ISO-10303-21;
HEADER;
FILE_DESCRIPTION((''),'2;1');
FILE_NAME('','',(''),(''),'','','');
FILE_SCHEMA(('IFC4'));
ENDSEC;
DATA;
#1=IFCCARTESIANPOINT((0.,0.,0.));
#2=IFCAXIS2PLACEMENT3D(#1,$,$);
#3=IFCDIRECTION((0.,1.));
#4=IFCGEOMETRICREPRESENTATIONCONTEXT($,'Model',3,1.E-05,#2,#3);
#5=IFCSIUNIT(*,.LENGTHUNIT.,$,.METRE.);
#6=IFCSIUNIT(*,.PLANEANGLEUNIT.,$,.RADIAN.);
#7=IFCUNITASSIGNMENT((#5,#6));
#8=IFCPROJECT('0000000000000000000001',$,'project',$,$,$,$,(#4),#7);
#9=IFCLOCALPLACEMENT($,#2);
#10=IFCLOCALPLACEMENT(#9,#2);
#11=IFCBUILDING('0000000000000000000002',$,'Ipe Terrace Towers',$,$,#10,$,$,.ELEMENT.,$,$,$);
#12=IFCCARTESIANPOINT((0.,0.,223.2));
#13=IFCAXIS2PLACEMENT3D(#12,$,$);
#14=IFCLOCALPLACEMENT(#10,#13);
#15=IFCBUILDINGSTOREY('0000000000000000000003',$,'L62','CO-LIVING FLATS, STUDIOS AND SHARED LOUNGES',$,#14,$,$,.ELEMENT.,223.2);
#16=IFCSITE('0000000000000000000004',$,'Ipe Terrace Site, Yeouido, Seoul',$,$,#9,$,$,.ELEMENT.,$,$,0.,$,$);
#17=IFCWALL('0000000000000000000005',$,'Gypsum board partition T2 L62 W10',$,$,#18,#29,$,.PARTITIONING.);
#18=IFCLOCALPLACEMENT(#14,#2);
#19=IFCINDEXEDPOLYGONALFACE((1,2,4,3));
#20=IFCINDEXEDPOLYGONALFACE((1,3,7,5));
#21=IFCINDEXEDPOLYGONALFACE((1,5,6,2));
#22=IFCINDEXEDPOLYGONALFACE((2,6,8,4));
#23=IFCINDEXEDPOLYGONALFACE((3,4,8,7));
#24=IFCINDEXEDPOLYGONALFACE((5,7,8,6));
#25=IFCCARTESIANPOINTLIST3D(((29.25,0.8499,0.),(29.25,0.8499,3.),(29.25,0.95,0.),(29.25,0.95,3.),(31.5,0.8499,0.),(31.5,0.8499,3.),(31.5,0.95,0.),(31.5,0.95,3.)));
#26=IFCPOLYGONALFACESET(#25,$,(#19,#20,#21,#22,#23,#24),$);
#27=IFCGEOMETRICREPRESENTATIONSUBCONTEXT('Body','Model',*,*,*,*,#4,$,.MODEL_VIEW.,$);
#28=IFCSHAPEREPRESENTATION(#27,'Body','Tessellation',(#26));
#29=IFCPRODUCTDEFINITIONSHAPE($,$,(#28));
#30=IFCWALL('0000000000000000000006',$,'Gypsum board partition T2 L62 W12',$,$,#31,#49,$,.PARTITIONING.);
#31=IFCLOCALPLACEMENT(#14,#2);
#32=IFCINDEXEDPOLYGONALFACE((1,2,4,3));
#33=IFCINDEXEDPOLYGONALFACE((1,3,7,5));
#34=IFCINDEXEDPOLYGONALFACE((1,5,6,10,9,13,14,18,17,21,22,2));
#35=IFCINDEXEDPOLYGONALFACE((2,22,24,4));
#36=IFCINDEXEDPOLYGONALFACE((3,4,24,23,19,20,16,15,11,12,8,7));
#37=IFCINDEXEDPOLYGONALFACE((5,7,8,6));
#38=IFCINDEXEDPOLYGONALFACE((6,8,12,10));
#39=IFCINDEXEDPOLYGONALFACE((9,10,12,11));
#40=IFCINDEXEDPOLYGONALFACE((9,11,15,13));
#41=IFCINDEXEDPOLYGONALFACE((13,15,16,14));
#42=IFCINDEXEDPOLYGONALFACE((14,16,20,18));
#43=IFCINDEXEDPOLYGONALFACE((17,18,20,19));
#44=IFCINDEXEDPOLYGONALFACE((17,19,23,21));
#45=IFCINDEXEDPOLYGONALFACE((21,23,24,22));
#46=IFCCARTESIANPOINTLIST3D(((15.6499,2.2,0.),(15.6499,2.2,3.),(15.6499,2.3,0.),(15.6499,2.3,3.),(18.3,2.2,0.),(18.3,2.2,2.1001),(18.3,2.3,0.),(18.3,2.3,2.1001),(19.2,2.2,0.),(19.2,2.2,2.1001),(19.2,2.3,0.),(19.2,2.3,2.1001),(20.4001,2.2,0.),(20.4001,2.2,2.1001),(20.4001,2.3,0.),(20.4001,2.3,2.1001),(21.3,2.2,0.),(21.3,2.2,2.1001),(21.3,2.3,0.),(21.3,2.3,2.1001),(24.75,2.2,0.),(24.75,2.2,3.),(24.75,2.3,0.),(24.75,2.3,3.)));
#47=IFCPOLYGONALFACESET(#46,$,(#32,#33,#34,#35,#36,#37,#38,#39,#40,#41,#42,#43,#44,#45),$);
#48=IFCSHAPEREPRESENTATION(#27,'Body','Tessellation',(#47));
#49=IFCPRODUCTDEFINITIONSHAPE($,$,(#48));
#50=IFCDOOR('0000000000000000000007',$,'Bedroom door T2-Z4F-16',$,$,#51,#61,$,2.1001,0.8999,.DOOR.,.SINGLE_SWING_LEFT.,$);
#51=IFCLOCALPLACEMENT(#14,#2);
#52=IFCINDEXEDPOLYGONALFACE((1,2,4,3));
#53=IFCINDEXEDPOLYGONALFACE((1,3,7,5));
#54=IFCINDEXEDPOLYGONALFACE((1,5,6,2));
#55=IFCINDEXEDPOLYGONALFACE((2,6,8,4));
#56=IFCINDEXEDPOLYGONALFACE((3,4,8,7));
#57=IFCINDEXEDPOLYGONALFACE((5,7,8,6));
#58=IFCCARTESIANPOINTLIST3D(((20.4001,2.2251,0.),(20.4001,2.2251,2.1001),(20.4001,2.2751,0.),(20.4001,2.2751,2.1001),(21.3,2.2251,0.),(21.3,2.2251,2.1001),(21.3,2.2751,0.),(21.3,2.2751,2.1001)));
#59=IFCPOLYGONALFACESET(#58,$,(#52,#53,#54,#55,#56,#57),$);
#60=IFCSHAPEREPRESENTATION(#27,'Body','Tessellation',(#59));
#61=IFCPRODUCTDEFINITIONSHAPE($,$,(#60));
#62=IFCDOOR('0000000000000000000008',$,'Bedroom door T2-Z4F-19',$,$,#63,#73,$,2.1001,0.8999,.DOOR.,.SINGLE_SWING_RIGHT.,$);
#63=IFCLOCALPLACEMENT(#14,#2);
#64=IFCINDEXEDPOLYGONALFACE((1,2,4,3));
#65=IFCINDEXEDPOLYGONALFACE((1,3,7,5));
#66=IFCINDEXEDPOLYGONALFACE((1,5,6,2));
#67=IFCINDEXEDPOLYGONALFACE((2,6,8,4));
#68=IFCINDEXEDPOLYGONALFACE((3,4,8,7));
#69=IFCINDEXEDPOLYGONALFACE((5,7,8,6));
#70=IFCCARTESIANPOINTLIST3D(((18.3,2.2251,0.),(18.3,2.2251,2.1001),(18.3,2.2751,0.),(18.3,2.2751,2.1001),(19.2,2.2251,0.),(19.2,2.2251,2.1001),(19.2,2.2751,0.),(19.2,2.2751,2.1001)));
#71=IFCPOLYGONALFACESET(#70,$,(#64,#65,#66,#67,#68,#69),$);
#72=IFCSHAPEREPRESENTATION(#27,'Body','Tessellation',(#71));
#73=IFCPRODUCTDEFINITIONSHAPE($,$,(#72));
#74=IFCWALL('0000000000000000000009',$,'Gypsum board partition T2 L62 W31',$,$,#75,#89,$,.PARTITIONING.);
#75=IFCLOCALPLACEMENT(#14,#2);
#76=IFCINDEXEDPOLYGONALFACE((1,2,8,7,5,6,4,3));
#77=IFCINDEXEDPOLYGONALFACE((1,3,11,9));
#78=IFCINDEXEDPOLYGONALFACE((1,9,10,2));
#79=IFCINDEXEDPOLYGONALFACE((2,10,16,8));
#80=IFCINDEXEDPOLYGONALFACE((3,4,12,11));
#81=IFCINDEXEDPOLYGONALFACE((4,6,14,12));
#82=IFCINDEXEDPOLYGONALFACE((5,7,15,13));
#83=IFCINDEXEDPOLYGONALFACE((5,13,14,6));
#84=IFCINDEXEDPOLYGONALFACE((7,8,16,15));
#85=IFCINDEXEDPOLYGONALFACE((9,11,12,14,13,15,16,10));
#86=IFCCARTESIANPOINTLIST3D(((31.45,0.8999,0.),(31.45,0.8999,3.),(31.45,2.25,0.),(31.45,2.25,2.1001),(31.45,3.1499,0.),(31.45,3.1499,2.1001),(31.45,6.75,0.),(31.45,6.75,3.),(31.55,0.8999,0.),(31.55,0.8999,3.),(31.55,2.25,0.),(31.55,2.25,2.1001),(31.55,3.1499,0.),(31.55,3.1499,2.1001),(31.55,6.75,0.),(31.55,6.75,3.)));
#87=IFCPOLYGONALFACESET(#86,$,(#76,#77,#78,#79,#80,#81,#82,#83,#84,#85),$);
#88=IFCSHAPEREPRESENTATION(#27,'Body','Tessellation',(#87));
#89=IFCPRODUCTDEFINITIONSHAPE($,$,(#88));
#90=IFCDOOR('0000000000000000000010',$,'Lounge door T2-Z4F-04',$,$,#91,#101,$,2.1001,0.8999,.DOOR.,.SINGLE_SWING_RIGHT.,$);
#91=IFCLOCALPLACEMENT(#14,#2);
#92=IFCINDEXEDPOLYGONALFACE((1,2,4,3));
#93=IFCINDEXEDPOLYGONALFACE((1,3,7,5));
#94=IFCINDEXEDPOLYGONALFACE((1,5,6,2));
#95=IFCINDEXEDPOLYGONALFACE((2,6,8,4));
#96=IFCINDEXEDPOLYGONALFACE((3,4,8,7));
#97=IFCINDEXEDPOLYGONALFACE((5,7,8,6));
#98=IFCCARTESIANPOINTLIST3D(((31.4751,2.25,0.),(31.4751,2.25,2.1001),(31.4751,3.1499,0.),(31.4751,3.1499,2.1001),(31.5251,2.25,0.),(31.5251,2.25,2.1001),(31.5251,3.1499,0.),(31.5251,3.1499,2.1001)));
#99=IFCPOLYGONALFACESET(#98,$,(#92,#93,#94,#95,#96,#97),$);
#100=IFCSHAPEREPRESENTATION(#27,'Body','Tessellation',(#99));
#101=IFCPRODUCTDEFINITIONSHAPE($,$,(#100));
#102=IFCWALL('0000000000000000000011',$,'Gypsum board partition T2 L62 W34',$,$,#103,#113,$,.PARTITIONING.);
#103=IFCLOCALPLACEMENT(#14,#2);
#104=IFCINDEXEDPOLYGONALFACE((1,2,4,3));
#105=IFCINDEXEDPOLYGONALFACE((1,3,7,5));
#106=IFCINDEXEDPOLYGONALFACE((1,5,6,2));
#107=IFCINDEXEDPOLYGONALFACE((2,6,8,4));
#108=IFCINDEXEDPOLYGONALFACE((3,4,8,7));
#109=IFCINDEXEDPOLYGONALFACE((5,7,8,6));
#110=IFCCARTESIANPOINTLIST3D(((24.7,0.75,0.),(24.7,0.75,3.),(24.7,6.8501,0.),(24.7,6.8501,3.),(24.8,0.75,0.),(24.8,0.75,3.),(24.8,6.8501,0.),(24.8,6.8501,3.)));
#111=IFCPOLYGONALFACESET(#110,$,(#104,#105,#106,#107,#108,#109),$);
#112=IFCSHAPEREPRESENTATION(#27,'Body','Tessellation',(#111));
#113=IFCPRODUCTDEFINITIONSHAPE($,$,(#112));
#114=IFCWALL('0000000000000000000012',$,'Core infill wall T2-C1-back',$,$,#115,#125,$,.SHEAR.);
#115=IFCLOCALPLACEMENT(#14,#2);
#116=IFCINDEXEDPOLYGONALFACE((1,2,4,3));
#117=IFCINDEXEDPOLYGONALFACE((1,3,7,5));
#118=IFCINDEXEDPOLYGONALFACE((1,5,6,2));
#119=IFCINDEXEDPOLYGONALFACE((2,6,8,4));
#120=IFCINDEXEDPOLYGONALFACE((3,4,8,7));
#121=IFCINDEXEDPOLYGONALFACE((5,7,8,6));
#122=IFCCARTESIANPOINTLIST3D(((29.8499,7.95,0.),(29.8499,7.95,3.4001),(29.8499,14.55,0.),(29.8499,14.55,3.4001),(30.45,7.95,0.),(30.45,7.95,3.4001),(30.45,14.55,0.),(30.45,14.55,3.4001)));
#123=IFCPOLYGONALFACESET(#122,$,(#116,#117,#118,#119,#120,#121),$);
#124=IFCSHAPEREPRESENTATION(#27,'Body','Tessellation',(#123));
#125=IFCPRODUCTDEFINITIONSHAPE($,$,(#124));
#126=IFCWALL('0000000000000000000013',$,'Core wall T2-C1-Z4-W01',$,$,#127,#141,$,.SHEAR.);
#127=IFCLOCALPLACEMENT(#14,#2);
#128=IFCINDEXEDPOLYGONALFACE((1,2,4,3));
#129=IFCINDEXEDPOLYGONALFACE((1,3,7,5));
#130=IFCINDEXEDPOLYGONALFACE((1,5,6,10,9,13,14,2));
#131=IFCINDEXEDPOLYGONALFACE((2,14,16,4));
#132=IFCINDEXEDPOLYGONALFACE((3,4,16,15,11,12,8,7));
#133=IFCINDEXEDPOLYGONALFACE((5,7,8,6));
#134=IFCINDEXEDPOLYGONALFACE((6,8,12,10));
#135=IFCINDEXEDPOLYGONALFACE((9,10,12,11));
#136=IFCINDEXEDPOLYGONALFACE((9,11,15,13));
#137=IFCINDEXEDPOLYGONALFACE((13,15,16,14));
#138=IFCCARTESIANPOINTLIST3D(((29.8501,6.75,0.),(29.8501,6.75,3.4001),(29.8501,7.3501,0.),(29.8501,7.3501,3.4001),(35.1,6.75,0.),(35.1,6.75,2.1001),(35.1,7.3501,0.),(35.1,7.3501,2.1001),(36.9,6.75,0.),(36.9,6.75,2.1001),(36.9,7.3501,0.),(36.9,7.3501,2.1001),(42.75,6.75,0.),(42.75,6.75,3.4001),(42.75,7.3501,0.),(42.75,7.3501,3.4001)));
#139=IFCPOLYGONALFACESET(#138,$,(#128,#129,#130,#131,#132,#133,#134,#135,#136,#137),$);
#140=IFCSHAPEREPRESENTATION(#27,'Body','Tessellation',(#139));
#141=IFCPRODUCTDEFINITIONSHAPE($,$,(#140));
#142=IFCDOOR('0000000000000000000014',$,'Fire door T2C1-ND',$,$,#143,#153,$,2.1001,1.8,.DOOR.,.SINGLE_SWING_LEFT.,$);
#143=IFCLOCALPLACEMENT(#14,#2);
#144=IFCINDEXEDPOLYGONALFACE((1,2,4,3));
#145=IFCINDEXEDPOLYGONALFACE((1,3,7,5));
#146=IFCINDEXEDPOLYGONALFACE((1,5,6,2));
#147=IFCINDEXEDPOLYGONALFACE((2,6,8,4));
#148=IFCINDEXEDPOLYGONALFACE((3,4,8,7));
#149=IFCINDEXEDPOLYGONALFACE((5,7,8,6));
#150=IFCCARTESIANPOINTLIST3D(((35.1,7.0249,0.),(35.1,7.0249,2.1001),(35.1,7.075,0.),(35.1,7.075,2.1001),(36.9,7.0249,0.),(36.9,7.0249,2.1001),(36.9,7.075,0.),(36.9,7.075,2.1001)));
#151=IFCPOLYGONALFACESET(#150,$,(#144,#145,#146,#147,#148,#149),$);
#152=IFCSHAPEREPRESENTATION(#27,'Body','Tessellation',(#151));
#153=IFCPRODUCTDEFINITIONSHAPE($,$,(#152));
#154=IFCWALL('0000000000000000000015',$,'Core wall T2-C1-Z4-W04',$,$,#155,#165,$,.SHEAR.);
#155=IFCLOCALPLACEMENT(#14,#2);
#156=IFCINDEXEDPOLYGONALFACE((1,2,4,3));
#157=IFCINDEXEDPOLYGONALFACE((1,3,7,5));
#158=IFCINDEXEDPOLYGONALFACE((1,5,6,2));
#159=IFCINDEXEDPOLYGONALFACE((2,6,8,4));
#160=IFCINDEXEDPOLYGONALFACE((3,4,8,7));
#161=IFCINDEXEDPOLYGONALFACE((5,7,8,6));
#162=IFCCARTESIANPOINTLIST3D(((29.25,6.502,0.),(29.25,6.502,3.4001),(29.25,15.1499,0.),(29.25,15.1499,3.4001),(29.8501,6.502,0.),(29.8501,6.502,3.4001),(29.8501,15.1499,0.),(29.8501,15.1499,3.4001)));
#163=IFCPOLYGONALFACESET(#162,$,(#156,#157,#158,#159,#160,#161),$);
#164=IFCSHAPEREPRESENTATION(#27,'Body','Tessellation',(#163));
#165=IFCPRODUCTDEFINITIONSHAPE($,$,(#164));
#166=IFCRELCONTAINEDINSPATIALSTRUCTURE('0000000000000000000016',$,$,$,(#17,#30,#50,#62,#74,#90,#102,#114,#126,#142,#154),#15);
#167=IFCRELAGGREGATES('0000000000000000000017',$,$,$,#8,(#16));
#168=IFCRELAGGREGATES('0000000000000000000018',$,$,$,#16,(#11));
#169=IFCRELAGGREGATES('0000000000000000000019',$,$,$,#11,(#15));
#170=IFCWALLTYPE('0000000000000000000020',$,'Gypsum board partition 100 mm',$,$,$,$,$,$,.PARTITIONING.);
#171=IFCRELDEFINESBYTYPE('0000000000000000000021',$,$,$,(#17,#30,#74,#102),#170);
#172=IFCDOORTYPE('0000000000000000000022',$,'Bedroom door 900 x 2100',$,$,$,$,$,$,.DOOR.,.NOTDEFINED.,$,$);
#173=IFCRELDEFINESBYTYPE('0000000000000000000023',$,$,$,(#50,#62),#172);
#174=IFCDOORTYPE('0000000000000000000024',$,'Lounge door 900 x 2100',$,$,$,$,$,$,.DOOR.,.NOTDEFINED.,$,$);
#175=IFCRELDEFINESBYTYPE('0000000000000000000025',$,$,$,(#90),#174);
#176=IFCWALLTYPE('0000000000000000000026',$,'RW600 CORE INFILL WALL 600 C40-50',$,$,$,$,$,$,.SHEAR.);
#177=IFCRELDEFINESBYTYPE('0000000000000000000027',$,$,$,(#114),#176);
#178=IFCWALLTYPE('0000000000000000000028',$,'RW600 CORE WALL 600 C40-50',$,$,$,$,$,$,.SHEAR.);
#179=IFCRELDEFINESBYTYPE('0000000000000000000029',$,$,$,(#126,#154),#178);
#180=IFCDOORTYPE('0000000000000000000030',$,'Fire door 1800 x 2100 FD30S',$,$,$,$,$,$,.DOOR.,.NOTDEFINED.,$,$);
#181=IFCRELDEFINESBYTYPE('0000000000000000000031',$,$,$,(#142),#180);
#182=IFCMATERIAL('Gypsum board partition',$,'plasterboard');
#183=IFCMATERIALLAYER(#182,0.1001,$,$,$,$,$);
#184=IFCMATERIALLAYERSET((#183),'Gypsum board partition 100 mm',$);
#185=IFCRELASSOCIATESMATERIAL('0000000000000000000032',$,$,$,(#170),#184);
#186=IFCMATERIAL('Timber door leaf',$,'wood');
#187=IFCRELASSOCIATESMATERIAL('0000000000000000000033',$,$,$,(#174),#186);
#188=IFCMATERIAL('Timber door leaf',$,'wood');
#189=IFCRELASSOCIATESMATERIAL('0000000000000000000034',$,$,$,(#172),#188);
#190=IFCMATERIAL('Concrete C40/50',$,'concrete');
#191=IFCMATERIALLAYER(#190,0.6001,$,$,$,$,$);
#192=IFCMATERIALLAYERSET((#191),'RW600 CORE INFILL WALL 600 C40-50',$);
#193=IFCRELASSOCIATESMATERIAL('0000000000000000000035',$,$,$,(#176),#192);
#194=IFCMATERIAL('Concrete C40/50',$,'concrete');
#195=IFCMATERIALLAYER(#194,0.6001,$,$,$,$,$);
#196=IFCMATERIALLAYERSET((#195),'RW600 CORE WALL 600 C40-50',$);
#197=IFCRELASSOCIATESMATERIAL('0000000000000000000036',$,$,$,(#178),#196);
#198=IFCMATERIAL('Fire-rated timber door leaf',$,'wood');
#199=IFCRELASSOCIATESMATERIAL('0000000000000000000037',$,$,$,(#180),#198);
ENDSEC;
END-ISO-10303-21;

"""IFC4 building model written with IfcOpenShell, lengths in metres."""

from ifc_helpers import new_model, si_unit, direction, frame, frame_2d, origin, place, context, subcontext, project, spatial, rectangle, extrude, material, layer, layer_set, type_object, element, fill, save


model = new_model("IFC4")

# Units and contexts
model_context = context("Model", 3, precision=1e-05, world=origin(), true_north=direction((0.0, 1.0)))
body_context = subcontext(model_context, "Body", "Model", "MODEL_VIEW")
ifc_project = project(units=[si_unit("LENGTHUNIT", "METRE"), si_unit("PLANEANGLEUNIT", "RADIAN")], contexts=[model_context])

# Site, building, storey
site_placement = place(None, origin())
site = spatial("IfcSite", under=ifc_project, at=site_placement, Name="Ipe Terrace Site, Yeouido, Seoul", CompositionType="ELEMENT", RefElevation=0.0)
building_placement = place(site_placement, origin())
building = spatial("IfcBuilding", under=site, at=building_placement, Name="Ipe Terrace Towers", CompositionType="ELEMENT")
storey_placement = place(building_placement, frame((0.0, 0.0, 223.2)))
storey = spatial("IfcBuildingStorey", under=building, at=storey_placement, Name="L62", Description="CO-LIVING FLATS, STUDIOS AND SHARED LOUNGES", CompositionType="ELEMENT", Elevation=223.2)

# Shared definitions
ifc_material_1 = material(Name="Gypsum board partition", Category="plasterboard")
ifc_layer_1 = layer(ifc_material_1, 0.1001)
ifc_layer_set_1 = layer_set([ifc_layer_1], Name="Gypsum board partition 100 mm")
wall_type_1 = type_object("IfcWallType", Name="Gypsum board partition 100 mm", PredefinedType="PARTITIONING", material=ifc_layer_set_1)

# Shared definitions
ifc_material_2 = material(Name="Timber door leaf", Category="wood")
door_type_1 = type_object("IfcDoorType", Name="Lounge door 900 x 2100", OperationType="NOTDEFINED", PredefinedType="DOOR", material=ifc_material_2)

# Wall
wall_1_placement = place(storey_placement, frame((31.5, 0.8999, 0.0), z_axis=(0.0, 0.0, 1.0), x_axis=(-1.0, 0.0, 0.0)))
element("IfcWall", 1, at=wall_1_placement, inside=storey, type_object=wall_type_1, Name="Gypsum board partition T2 L62 W10", PredefinedType="PARTITIONING", context=body_context, shape_type="SweptSolid", body=[
    extrude(rectangle(XDim=2.25, YDim=0.1001, at=frame_2d((1.125, 0.0))), origin(), (0.0, 0.0, 1.0), 3.0),
])

# Wall, openings, doors
wall_2_placement = place(storey_placement, frame((24.75, 2.25, 0.0), z_axis=(0.0, 0.0, 1.0), x_axis=(-1.0, 0.0, 0.0)))
wall_2 = element("IfcWall", 2, at=wall_2_placement, inside=storey, type_object=wall_type_1, Name="Gypsum board partition T2 L62 W12", PredefinedType="PARTITIONING", context=body_context, shape_type="SweptSolid", body=[
    extrude(rectangle(XDim=9.1001, YDim=0.1001, at=frame_2d((4.55, 0.0))), origin(), (0.0, 0.0, 1.0), 3.0),
])
opening_1_placement = place(wall_2_placement, frame((3.45, 0.0, 0.0)))
opening_1 = element("IfcOpeningElement", 3, at=opening_1_placement, cuts=wall_2, PredefinedType="OPENING", context=body_context, shape_type="SweptSolid", body=[
    extrude(rectangle(XDim=0.8999, YDim=2.1001, at=frame_2d((0.45, 1.05))), frame((0.0, 0.0601, 0.0), z_axis=(0.0, -1.0, 0.0), x_axis=(1.0, 0.0, 0.0)), (0.0, 0.0, 1.0), 0.1201),
])
opening_2_placement = place(wall_2_placement, frame((5.55, 0.0, 0.0)))
opening_2 = element("IfcOpeningElement", 4, at=opening_2_placement, cuts=wall_2, PredefinedType="OPENING", context=body_context, shape_type="SweptSolid", body=[
    extrude(rectangle(XDim=0.8999, YDim=2.1001, at=frame_2d((0.45, 1.05))), frame((0.0, 0.0601, 0.0), z_axis=(0.0, -1.0, 0.0), x_axis=(1.0, 0.0, 0.0)), (0.0, 0.0, 1.0), 0.1201),
])
ifc_material_3 = material(Name="Timber door leaf", Category="wood")
door_type_2 = type_object("IfcDoorType", Name="Bedroom door 900 x 2100", OperationType="NOTDEFINED", PredefinedType="DOOR", material=ifc_material_3)
door_1_placement = place(opening_1_placement, origin())
door_1 = element("IfcDoor", 5, at=door_1_placement, inside=storey, type_object=door_type_2, Name="Bedroom door T2-Z4F-16", OperationType="SINGLE_SWING_LEFT", OverallHeight=2.1001, OverallWidth=0.8999, PredefinedType="DOOR", context=body_context, shape_type="SweptSolid", body=[
    extrude(rectangle(XDim=0.8999, YDim=2.1001, at=frame_2d((0.45, 1.05))), frame((0.0, 0.0249, 0.0), z_axis=(0.0, -1.0, 0.0), x_axis=(1.0, 0.0, 0.0)), (0.0, 0.0, 1.0), 0.05),
])
fill(opening_1, door_1)
door_2_placement = place(opening_2_placement, origin())
door_2 = element("IfcDoor", 6, at=door_2_placement, inside=storey, type_object=door_type_2, Name="Bedroom door T2-Z4F-19", OperationType="SINGLE_SWING_RIGHT", OverallHeight=2.1001, OverallWidth=0.8999, PredefinedType="DOOR", context=body_context, shape_type="SweptSolid", body=[
    extrude(rectangle(XDim=0.8999, YDim=2.1001, at=frame_2d((0.45, 1.05))), frame((0.0, 0.0249, 0.0), z_axis=(0.0, -1.0, 0.0), x_axis=(1.0, 0.0, 0.0)), (0.0, 0.0, 1.0), 0.05),
])
fill(opening_2, door_2)

# Wall, opening, door
wall_3_placement = place(storey_placement, frame((31.5, 0.8999, 0.0), z_axis=(0.0, 0.0, 1.0), x_axis=(0.0, 1.0, 0.0)))
wall_3 = element("IfcWall", 7, at=wall_3_placement, inside=storey, type_object=wall_type_1, Name="Gypsum board partition T2 L62 W31", PredefinedType="PARTITIONING", context=body_context, shape_type="SweptSolid", body=[
    extrude(rectangle(XDim=5.8501, YDim=0.1001, at=frame_2d((2.925, 0.0))), origin(), (0.0, 0.0, 1.0), 3.0),
])
opening_3_placement = place(wall_3_placement, frame((1.3501, 0.0, 0.0)))
opening_3 = element("IfcOpeningElement", 8, at=opening_3_placement, cuts=wall_3, PredefinedType="OPENING", context=body_context, shape_type="SweptSolid", body=[
    extrude(rectangle(XDim=0.8999, YDim=2.1001, at=frame_2d((0.45, 1.05))), frame((0.0, 0.0601, 0.0), z_axis=(0.0, -1.0, 0.0), x_axis=(1.0, 0.0, 0.0)), (0.0, 0.0, 1.0), 0.1201),
])
door_3_placement = place(opening_3_placement, origin())
door_3 = element("IfcDoor", 9, at=door_3_placement, inside=storey, type_object=door_type_1, Name="Lounge door T2-Z4F-04", OperationType="SINGLE_SWING_RIGHT", OverallHeight=2.1001, OverallWidth=0.8999, PredefinedType="DOOR", context=body_context, shape_type="SweptSolid", body=[
    extrude(rectangle(XDim=0.8999, YDim=2.1001, at=frame_2d((0.45, 1.05))), frame((0.0, 0.0249, 0.0), z_axis=(0.0, -1.0, 0.0), x_axis=(1.0, 0.0, 0.0)), (0.0, 0.0, 1.0), 0.05),
])
fill(opening_3, door_3)

# Walls
wall_4_placement = place(storey_placement, frame((24.75, 0.75, 0.0), z_axis=(0.0, 0.0, 1.0), x_axis=(0.0, 1.0, 0.0)))
element("IfcWall", 10, at=wall_4_placement, inside=storey, type_object=wall_type_1, Name="Gypsum board partition T2 L62 W34", PredefinedType="PARTITIONING", context=body_context, shape_type="SweptSolid", body=[
    extrude(rectangle(XDim=6.1001, YDim=0.1001, at=frame_2d((3.05, 0.0))), origin(), (0.0, 0.0, 1.0), 3.0),
])
ifc_material_4 = material(Name="Concrete C40/50", Category="concrete")
ifc_layer_2 = layer(ifc_material_4, 0.6001)
ifc_layer_set_2 = layer_set([ifc_layer_2], Name="RW600 CORE INFILL WALL 600 C40-50")
wall_type_2 = type_object("IfcWallType", Name="RW600 CORE INFILL WALL 600 C40-50", PredefinedType="SHEAR", material=ifc_layer_set_2)
wall_5_placement = place(storey_placement, frame((30.1499, 7.95, 0.0), z_axis=(0.0, 0.0, 1.0), x_axis=(0.0, 1.0, 0.0)))
element("IfcWall", 11, at=wall_5_placement, inside=storey, type_object=wall_type_2, Name="Core infill wall T2-C1-back", PredefinedType="SHEAR", context=body_context, shape_type="SweptSolid", body=[
    extrude(rectangle(XDim=6.6001, YDim=0.6001, at=frame_2d((3.3, 0.0))), origin(), (0.0, 0.0, 1.0), 3.4001),
])

# Wall, opening, door
ifc_material_5 = material(Name="Concrete C40/50", Category="concrete")
ifc_layer_3 = layer(ifc_material_5, 0.6001)
ifc_layer_set_3 = layer_set([ifc_layer_3], Name="RW600 CORE WALL 600 C40-50")
wall_type_3 = type_object("IfcWallType", Name="RW600 CORE WALL 600 C40-50", PredefinedType="SHEAR", material=ifc_layer_set_3)
wall_6_placement = place(storey_placement, frame((29.8501, 7.05, 0.0), z_axis=(0.0, 0.0, 1.0), x_axis=(1.0, 0.0, 0.0)))
wall_6 = element("IfcWall", 12, at=wall_6_placement, inside=storey, type_object=wall_type_3, Name="Core wall T2-C1-Z4-W01", PredefinedType="SHEAR", context=body_context, shape_type="SweptSolid", body=[
    extrude(rectangle(XDim=12.8999, YDim=0.6001, at=frame_2d((6.45, 0.0))), origin(), (0.0, 0.0, 1.0), 3.4001),
])
opening_4_placement = place(wall_6_placement, frame((5.25, 0.0, 0.0)))
opening_4 = element("IfcOpeningElement", 13, at=opening_4_placement, cuts=wall_6, PredefinedType="OPENING", context=body_context, shape_type="SweptSolid", body=[
    extrude(rectangle(XDim=1.8, YDim=2.1001, at=frame_2d((0.8999, 1.05))), frame((0.0, 0.3101, 0.0), z_axis=(0.0, -1.0, 0.0), x_axis=(1.0, 0.0, 0.0)), (0.0, 0.0, 1.0), 0.6201),
])
ifc_material_6 = material(Name="Fire-rated timber door leaf", Category="wood")
door_type_3 = type_object("IfcDoorType", Name="Fire door 1800 x 2100 FD30S", OperationType="NOTDEFINED", PredefinedType="DOOR", material=ifc_material_6)
door_4_placement = place(opening_4_placement, origin())
door_4 = element("IfcDoor", 14, at=door_4_placement, inside=storey, type_object=door_type_3, Name="Fire door T2C1-ND", OperationType="SINGLE_SWING_LEFT", OverallHeight=2.1001, OverallWidth=1.8, PredefinedType="DOOR", context=body_context, shape_type="SweptSolid", body=[
    extrude(rectangle(XDim=1.8, YDim=2.1001, at=frame_2d((0.8999, 1.05))), frame((0.0, 0.0249, 0.0), z_axis=(0.0, -1.0, 0.0), x_axis=(1.0, 0.0, 0.0)), (0.0, 0.0, 1.0), 0.05),
])
fill(opening_4, door_4)

# Wall
wall_7_placement = place(storey_placement, frame((29.55, 15.1499, 0.0), z_axis=(0.0, 0.0, 1.0), x_axis=(0.0, -1.0, 0.0)))
element("IfcWall", 15, at=wall_7_placement, inside=storey, type_object=wall_type_3, Name="Core wall T2-C1-Z4-W04", PredefinedType="SHEAR", context=body_context, shape_type="SweptSolid", body=[
    extrude(rectangle(XDim=8.6479, YDim=0.6001, at=frame_2d((4.324, 0.0))), origin(), (0.0, 0.0, 1.0), 3.4001),
])

save(model, "model.ifc")
